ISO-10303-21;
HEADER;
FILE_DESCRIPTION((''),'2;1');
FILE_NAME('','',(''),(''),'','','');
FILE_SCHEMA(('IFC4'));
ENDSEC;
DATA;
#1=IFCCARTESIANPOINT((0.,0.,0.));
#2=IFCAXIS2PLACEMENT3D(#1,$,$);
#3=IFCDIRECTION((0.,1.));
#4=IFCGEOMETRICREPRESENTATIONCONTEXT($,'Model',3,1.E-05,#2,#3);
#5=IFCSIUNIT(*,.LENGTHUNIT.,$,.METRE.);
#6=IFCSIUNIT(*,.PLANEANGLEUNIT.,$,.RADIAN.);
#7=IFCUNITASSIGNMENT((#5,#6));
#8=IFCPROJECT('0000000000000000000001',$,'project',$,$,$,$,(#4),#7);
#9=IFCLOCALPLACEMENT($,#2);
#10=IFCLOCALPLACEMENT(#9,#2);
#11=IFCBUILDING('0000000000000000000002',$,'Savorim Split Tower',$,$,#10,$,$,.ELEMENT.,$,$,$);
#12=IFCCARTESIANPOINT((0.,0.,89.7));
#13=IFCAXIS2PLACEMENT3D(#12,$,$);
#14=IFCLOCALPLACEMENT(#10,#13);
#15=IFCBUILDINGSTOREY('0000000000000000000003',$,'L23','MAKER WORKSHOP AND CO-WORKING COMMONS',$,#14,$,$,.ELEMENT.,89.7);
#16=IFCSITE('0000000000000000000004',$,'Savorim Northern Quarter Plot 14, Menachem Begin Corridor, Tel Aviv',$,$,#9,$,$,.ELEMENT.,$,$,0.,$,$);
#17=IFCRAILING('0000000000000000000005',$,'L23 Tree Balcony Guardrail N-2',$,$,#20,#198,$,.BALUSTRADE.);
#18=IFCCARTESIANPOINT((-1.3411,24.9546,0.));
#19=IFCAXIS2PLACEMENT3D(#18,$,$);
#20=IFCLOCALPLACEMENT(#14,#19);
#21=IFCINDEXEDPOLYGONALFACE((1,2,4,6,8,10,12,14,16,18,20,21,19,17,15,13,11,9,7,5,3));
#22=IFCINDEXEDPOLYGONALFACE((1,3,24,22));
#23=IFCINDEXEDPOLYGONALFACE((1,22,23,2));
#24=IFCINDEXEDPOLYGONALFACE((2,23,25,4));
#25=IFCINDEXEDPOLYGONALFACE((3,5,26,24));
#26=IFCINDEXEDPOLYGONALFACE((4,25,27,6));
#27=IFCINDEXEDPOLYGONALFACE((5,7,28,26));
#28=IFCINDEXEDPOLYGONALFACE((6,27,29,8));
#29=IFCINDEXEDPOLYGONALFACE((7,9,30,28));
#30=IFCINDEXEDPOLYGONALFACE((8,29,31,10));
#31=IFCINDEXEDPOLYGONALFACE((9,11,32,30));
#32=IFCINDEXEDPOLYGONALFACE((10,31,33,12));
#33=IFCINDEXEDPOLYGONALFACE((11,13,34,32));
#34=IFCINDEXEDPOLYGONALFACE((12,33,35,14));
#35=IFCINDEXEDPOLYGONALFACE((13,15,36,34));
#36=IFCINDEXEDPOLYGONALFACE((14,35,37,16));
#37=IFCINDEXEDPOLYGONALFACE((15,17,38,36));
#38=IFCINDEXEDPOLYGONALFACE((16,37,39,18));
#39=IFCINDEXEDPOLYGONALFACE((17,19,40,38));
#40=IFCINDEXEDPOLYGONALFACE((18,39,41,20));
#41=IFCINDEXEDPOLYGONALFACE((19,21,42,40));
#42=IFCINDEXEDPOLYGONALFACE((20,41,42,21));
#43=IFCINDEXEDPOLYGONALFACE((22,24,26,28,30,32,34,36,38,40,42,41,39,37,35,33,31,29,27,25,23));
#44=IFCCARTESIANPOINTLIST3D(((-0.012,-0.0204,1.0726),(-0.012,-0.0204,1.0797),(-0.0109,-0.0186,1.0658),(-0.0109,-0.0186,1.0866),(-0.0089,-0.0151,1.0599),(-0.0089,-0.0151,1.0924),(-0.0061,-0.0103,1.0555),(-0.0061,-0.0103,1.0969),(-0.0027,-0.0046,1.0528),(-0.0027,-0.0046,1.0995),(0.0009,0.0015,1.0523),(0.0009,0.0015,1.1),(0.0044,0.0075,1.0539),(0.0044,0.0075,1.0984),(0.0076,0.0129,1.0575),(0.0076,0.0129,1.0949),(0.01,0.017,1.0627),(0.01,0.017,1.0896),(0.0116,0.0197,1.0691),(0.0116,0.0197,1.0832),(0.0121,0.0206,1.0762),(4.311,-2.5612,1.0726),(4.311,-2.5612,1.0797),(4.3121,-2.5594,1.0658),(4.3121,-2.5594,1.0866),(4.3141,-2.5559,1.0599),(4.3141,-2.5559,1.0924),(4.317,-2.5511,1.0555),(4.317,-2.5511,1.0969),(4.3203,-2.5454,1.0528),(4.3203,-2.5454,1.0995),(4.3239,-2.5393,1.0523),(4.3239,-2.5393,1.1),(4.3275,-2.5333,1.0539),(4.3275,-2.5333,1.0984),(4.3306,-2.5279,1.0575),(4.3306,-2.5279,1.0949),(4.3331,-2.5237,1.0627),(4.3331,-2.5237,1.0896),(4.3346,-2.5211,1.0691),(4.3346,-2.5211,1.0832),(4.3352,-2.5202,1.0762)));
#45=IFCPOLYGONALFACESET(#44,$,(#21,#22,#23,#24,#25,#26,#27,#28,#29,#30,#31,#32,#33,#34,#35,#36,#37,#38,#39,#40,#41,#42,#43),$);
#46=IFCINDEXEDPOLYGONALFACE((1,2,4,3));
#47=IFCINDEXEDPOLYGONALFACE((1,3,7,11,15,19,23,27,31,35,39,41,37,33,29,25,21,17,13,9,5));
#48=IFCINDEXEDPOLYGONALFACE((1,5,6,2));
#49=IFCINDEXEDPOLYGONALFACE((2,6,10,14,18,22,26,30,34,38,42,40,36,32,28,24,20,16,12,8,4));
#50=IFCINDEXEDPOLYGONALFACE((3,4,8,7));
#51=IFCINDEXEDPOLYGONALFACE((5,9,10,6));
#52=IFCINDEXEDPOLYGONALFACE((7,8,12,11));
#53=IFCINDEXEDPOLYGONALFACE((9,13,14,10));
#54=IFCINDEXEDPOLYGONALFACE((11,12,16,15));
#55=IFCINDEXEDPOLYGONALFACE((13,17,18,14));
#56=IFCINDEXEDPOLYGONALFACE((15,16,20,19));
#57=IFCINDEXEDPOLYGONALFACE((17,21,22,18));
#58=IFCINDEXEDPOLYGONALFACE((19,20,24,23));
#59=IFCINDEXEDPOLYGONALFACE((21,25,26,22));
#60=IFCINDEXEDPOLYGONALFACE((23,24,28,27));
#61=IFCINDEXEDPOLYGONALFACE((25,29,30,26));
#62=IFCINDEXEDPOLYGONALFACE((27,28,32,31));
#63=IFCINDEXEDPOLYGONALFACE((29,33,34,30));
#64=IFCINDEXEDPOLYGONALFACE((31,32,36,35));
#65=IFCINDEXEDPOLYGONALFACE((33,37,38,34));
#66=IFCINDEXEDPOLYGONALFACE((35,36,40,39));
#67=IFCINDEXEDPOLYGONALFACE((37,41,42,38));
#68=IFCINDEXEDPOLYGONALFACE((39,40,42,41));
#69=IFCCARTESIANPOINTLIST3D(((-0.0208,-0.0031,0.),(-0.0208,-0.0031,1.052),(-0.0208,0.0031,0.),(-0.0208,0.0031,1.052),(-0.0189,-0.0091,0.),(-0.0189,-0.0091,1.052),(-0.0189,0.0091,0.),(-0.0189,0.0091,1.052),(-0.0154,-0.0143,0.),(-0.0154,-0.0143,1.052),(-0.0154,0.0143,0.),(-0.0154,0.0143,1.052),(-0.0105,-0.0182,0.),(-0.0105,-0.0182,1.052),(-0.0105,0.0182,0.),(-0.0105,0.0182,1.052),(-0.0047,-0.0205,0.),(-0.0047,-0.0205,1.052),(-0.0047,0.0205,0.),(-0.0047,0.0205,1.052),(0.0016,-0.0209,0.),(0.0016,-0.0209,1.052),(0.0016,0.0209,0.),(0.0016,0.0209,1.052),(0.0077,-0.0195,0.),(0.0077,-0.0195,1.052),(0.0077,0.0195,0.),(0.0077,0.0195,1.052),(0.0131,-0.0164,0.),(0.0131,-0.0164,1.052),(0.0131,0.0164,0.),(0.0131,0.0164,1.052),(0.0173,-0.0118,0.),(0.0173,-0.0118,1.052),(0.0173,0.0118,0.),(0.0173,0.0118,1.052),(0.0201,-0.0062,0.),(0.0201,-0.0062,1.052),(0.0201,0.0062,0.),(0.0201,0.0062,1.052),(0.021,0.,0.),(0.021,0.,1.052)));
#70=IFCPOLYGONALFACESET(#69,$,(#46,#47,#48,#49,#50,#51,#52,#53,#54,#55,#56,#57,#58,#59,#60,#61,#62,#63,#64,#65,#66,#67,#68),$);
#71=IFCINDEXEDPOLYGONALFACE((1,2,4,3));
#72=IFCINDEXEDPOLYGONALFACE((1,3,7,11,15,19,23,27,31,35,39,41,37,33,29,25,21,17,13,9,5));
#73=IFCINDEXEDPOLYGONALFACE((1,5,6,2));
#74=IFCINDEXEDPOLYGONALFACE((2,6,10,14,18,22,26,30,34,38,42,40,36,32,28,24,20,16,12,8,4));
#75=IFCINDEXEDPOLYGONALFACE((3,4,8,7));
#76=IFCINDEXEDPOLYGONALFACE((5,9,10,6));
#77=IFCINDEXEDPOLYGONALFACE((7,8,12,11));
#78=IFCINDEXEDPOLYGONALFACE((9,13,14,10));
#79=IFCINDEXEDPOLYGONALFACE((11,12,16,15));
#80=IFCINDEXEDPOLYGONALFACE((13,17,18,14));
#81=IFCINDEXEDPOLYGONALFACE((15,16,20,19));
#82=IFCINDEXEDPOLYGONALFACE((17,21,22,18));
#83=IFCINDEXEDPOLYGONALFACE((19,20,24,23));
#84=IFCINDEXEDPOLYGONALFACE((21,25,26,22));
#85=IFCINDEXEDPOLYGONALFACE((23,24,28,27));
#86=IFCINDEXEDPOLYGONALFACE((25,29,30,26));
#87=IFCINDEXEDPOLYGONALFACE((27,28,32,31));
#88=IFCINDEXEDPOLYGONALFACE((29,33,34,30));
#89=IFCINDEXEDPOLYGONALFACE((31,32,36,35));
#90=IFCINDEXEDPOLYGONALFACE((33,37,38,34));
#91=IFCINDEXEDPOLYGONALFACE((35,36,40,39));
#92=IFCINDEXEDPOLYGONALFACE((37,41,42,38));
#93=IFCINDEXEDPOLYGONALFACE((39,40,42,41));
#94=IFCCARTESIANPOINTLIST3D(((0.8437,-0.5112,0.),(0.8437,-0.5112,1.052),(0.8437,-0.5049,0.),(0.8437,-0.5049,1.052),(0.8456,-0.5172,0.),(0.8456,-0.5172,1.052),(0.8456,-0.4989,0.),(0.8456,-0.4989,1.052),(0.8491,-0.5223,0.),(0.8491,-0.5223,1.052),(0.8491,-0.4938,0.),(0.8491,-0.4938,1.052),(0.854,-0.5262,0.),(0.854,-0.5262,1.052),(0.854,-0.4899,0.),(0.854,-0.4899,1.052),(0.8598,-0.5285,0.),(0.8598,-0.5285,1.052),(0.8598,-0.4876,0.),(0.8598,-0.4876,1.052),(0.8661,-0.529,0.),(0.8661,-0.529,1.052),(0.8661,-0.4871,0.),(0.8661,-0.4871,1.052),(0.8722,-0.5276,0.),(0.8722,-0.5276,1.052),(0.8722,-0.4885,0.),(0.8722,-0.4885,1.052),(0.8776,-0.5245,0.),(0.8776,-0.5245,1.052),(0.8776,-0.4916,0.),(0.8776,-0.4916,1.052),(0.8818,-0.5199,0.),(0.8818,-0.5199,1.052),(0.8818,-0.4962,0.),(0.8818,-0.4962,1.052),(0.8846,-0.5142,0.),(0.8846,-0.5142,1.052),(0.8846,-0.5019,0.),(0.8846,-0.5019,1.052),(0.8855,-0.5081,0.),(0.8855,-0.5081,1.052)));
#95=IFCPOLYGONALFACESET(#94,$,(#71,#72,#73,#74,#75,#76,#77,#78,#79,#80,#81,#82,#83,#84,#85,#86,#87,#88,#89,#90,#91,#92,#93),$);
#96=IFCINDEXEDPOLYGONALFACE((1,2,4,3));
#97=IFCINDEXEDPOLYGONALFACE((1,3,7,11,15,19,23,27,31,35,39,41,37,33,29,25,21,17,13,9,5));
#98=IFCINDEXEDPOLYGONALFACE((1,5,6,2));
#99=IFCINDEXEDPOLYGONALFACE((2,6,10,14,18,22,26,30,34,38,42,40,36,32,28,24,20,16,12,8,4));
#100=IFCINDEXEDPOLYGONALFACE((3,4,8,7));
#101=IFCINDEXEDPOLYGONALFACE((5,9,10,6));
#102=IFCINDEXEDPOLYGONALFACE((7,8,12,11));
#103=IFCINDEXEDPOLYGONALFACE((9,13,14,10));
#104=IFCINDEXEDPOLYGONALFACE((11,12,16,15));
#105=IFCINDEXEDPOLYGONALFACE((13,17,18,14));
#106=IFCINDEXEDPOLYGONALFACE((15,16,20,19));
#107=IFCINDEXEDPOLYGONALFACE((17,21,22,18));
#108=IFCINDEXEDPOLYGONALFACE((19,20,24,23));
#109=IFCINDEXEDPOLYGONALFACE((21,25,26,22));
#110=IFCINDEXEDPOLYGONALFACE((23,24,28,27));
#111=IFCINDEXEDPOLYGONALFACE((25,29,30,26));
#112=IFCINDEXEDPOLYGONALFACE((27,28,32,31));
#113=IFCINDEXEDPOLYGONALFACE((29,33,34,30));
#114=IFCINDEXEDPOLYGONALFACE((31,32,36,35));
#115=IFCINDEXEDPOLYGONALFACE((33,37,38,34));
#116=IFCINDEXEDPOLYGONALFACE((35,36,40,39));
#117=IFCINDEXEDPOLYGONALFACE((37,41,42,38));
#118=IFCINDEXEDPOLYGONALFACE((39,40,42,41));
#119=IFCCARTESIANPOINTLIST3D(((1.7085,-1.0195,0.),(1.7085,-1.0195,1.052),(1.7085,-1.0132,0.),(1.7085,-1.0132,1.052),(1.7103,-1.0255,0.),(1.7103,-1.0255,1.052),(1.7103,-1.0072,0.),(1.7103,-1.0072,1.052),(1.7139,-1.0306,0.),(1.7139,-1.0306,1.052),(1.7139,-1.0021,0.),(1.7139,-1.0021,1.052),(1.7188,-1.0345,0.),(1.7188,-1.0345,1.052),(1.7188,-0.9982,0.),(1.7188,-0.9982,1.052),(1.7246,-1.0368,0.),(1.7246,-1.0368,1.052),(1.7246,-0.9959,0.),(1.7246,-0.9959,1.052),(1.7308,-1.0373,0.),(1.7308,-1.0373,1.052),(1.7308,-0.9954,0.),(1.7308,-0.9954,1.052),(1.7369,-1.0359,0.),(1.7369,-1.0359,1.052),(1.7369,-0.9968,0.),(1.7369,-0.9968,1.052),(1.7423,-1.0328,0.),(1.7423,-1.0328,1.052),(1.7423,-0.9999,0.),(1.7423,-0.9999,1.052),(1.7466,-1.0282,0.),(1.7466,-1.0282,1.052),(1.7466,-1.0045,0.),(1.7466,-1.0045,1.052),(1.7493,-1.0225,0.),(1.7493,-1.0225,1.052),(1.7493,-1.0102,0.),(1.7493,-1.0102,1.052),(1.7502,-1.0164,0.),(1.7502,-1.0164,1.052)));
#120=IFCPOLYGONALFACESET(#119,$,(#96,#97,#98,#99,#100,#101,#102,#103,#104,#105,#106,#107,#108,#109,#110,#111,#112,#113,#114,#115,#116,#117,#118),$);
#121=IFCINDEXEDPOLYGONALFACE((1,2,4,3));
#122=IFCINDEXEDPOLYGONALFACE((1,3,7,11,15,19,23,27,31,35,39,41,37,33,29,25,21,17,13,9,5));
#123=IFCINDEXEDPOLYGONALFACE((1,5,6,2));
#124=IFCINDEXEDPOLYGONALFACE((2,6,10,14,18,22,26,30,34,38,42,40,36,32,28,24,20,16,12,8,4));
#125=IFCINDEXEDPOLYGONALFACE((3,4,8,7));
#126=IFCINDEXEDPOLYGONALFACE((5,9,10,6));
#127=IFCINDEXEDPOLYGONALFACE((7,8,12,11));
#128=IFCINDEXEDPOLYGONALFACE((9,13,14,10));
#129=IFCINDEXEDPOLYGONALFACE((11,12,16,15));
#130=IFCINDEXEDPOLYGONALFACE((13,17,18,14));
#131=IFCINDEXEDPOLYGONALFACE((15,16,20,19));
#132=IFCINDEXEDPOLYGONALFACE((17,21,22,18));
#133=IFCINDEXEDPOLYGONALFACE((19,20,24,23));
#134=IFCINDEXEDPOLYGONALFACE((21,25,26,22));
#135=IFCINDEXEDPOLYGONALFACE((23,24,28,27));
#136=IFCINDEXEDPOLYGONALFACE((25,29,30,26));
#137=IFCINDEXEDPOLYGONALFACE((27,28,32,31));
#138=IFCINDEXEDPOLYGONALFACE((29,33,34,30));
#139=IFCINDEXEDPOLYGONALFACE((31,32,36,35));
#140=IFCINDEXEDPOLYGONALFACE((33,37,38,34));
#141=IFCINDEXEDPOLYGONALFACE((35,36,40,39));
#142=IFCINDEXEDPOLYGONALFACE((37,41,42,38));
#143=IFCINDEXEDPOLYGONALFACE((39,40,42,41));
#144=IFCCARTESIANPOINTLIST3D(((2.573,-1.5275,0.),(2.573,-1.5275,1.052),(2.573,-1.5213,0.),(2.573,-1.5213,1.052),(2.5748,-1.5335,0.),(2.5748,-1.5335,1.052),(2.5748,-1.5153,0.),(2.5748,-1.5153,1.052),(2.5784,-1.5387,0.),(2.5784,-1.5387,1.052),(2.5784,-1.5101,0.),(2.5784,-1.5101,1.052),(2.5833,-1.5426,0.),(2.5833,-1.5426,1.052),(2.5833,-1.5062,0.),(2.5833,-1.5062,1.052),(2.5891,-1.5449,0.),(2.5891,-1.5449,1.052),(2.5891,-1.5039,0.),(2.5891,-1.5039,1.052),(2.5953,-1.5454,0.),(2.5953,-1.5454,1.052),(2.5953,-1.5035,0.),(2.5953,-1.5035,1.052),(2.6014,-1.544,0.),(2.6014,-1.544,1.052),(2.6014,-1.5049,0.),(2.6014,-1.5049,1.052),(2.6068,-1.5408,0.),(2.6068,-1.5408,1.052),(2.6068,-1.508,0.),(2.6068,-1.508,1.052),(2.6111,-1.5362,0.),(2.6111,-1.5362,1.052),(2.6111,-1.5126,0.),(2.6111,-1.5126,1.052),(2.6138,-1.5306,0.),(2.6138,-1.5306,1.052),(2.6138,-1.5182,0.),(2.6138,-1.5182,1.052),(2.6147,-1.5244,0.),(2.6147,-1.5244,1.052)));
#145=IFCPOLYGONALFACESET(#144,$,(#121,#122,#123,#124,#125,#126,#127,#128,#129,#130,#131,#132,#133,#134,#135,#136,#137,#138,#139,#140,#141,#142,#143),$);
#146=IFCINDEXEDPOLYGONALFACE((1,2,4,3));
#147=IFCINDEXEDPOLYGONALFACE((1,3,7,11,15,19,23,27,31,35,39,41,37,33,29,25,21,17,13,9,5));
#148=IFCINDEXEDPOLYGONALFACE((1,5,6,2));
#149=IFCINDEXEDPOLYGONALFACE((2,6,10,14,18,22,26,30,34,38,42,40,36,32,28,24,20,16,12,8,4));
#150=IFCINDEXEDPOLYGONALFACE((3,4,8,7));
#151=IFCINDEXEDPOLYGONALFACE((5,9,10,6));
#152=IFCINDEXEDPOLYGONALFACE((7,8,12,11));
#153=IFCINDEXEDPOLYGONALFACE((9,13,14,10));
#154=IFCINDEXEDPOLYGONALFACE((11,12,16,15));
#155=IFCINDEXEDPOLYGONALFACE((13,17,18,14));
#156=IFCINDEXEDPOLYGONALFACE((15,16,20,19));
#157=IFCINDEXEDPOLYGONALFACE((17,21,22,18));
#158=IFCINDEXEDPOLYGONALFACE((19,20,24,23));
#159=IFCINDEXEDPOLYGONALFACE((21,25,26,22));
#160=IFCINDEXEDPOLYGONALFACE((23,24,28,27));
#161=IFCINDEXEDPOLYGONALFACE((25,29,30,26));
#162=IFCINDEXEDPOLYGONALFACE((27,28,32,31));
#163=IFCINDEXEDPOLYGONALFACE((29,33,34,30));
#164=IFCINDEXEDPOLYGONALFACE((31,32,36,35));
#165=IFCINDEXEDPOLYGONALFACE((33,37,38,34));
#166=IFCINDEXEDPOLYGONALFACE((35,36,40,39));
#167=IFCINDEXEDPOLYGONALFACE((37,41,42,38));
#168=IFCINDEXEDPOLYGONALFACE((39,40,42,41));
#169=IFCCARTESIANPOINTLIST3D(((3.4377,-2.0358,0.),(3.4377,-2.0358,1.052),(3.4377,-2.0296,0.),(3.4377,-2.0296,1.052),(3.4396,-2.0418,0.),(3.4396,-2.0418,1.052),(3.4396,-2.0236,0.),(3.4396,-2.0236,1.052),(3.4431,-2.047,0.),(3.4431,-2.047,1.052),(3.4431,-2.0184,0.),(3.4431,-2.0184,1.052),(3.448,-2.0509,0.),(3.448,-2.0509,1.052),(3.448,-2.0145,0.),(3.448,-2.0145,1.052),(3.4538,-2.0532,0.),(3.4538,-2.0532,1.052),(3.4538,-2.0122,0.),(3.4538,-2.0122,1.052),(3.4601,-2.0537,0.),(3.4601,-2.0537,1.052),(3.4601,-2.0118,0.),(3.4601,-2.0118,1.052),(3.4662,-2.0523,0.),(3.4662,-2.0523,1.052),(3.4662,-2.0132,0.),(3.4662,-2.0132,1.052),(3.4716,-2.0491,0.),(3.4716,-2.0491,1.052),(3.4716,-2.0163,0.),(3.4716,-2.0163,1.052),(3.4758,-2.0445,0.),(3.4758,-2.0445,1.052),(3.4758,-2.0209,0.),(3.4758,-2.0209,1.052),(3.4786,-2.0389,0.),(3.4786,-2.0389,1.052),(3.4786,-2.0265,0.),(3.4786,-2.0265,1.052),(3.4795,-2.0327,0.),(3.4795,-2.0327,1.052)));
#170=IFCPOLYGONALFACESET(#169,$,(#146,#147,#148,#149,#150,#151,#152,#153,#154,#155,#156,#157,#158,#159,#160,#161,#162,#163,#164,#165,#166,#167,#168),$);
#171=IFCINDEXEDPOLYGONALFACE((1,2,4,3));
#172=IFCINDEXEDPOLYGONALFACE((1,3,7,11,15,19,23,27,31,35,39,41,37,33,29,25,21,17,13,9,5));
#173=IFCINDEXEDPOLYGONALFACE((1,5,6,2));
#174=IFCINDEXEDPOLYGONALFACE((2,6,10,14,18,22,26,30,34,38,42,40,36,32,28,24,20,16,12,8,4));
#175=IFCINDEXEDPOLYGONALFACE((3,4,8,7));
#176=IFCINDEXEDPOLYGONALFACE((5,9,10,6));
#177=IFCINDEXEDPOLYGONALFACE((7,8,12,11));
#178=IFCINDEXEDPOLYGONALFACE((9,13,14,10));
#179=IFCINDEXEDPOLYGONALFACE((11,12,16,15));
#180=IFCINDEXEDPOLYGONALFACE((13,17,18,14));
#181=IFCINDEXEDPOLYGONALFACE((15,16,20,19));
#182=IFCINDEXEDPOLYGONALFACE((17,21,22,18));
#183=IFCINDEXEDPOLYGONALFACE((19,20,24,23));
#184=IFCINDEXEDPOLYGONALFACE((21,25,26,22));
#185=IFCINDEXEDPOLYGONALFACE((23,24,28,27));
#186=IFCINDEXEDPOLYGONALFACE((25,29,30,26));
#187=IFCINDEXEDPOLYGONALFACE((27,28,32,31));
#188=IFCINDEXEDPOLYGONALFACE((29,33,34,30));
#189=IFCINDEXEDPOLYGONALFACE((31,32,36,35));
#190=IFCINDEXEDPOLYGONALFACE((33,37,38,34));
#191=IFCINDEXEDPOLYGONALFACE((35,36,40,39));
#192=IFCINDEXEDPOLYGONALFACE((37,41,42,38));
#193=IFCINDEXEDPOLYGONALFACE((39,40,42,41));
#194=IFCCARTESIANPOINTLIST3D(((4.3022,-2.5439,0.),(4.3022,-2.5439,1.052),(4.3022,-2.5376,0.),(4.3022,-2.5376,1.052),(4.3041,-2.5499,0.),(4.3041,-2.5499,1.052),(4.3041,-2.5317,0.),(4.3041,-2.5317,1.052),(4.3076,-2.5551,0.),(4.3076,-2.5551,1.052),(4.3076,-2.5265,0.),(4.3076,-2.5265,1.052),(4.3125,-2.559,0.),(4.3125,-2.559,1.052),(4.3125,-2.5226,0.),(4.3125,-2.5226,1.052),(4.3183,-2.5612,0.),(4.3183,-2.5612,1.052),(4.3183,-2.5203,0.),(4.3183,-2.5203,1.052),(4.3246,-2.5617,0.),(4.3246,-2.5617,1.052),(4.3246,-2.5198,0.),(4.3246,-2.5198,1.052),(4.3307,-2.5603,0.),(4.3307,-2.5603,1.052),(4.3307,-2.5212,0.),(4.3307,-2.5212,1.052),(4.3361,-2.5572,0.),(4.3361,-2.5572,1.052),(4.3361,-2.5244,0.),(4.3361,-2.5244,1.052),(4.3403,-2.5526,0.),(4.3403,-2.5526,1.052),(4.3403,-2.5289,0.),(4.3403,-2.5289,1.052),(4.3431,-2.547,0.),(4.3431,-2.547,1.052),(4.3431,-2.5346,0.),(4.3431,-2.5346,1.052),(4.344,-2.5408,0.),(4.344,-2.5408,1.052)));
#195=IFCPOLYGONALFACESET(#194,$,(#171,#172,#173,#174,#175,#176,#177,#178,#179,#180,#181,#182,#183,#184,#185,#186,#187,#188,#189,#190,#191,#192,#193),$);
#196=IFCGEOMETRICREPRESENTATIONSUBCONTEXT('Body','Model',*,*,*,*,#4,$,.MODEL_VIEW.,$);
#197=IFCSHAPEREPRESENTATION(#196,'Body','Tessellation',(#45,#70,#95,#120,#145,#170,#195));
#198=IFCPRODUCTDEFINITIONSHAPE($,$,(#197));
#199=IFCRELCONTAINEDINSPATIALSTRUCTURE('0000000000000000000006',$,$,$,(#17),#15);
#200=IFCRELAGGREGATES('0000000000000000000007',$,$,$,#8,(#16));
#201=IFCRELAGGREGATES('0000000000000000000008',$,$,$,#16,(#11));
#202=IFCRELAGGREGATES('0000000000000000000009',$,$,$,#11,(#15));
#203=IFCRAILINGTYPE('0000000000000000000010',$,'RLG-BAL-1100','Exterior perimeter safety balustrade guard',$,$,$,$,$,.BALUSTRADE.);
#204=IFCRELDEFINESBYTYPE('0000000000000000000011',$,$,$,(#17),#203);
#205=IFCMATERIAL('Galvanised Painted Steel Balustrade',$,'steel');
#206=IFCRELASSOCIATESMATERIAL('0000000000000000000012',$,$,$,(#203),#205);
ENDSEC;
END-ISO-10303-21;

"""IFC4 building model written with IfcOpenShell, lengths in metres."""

from ifc_helpers import new_model, si_unit, direction, frame, origin, origin_2d, place, context, subcontext, project, spatial, circle, extrude, material, type_object, element, save


model = new_model("IFC4")

# Units and contexts
model_context = context("Model", 3, precision=1e-05, world=origin(), true_north=direction((0.0, 1.0)))
body_context = subcontext(model_context, "Body", "Model", "MODEL_VIEW")
ifc_project = project(units=[si_unit("LENGTHUNIT", "METRE"), si_unit("PLANEANGLEUNIT", "RADIAN")], contexts=[model_context])

# Site, building, storey
site_placement = place(None, origin())
site = spatial("IfcSite", under=ifc_project, at=site_placement, Name="Savorim Northern Quarter Plot 14, Menachem Begin Corridor, Tel Aviv", CompositionType="ELEMENT", RefElevation=0.0)
building_placement = place(site_placement, origin())
building = spatial("IfcBuilding", under=site, at=building_placement, Name="Savorim Split Tower", CompositionType="ELEMENT")
storey_placement = place(building_placement, frame((0.0, 0.0, 89.7)))
storey = spatial("IfcBuildingStorey", under=building, at=storey_placement, Name="L23", Description="MAKER WORKSHOP AND CO-WORKING COMMONS", CompositionType="ELEMENT", Elevation=89.7)

# Railing
ifc_material_1 = material(Name="Galvanised Painted Steel Balustrade", Category="steel")
railing_type = type_object("IfcRailingType", Name="RLG-BAL-1100", Description="Exterior perimeter safety balustrade guard", PredefinedType="BALUSTRADE", material=ifc_material_1)
railing_1_placement = place(storey_placement, frame((-1.3411, 24.9546, 0.0)))
element("IfcRailing", 1, at=railing_1_placement, inside=storey, type_object=railing_type, Name="L23 Tree Balcony Guardrail N-2", PredefinedType="BALUSTRADE", context=body_context, shape_type="SweptSolid", body=[
    extrude(circle(Radius=0.0239, at=origin_2d()), frame((0.0, 0.0, 1.0762), z_axis=(0.862123, -0.506699, 0.0), x_axis=(0.506699, 0.862123, 0.0)), (0.0, 0.0, 1.0), 5.0144),
    extrude(circle(Radius=0.021, at=origin_2d()), origin(), (0.0, 0.0, 1.0), 1.052),
    extrude(circle(Radius=0.021, at=origin_2d()), frame((0.8645, -0.5081, 0.0)), (0.0, 0.0, 1.0), 1.052),
    extrude(circle(Radius=0.021, at=origin_2d()), frame((1.7292, -1.0164, 0.0)), (0.0, 0.0, 1.0), 1.052),
    extrude(circle(Radius=0.021, at=origin_2d()), frame((2.5938, -1.5244, 0.0)), (0.0, 0.0, 1.0), 1.052),
    extrude(circle(Radius=0.021, at=origin_2d()), frame((3.4585, -2.0327, 0.0)), (0.0, 0.0, 1.0), 1.052),
    extrude(circle(Radius=0.021, at=origin_2d()), frame((4.323, -2.5408, 0.0)), (0.0, 0.0, 1.0), 1.052),
])

save(model, "model.ifc")
